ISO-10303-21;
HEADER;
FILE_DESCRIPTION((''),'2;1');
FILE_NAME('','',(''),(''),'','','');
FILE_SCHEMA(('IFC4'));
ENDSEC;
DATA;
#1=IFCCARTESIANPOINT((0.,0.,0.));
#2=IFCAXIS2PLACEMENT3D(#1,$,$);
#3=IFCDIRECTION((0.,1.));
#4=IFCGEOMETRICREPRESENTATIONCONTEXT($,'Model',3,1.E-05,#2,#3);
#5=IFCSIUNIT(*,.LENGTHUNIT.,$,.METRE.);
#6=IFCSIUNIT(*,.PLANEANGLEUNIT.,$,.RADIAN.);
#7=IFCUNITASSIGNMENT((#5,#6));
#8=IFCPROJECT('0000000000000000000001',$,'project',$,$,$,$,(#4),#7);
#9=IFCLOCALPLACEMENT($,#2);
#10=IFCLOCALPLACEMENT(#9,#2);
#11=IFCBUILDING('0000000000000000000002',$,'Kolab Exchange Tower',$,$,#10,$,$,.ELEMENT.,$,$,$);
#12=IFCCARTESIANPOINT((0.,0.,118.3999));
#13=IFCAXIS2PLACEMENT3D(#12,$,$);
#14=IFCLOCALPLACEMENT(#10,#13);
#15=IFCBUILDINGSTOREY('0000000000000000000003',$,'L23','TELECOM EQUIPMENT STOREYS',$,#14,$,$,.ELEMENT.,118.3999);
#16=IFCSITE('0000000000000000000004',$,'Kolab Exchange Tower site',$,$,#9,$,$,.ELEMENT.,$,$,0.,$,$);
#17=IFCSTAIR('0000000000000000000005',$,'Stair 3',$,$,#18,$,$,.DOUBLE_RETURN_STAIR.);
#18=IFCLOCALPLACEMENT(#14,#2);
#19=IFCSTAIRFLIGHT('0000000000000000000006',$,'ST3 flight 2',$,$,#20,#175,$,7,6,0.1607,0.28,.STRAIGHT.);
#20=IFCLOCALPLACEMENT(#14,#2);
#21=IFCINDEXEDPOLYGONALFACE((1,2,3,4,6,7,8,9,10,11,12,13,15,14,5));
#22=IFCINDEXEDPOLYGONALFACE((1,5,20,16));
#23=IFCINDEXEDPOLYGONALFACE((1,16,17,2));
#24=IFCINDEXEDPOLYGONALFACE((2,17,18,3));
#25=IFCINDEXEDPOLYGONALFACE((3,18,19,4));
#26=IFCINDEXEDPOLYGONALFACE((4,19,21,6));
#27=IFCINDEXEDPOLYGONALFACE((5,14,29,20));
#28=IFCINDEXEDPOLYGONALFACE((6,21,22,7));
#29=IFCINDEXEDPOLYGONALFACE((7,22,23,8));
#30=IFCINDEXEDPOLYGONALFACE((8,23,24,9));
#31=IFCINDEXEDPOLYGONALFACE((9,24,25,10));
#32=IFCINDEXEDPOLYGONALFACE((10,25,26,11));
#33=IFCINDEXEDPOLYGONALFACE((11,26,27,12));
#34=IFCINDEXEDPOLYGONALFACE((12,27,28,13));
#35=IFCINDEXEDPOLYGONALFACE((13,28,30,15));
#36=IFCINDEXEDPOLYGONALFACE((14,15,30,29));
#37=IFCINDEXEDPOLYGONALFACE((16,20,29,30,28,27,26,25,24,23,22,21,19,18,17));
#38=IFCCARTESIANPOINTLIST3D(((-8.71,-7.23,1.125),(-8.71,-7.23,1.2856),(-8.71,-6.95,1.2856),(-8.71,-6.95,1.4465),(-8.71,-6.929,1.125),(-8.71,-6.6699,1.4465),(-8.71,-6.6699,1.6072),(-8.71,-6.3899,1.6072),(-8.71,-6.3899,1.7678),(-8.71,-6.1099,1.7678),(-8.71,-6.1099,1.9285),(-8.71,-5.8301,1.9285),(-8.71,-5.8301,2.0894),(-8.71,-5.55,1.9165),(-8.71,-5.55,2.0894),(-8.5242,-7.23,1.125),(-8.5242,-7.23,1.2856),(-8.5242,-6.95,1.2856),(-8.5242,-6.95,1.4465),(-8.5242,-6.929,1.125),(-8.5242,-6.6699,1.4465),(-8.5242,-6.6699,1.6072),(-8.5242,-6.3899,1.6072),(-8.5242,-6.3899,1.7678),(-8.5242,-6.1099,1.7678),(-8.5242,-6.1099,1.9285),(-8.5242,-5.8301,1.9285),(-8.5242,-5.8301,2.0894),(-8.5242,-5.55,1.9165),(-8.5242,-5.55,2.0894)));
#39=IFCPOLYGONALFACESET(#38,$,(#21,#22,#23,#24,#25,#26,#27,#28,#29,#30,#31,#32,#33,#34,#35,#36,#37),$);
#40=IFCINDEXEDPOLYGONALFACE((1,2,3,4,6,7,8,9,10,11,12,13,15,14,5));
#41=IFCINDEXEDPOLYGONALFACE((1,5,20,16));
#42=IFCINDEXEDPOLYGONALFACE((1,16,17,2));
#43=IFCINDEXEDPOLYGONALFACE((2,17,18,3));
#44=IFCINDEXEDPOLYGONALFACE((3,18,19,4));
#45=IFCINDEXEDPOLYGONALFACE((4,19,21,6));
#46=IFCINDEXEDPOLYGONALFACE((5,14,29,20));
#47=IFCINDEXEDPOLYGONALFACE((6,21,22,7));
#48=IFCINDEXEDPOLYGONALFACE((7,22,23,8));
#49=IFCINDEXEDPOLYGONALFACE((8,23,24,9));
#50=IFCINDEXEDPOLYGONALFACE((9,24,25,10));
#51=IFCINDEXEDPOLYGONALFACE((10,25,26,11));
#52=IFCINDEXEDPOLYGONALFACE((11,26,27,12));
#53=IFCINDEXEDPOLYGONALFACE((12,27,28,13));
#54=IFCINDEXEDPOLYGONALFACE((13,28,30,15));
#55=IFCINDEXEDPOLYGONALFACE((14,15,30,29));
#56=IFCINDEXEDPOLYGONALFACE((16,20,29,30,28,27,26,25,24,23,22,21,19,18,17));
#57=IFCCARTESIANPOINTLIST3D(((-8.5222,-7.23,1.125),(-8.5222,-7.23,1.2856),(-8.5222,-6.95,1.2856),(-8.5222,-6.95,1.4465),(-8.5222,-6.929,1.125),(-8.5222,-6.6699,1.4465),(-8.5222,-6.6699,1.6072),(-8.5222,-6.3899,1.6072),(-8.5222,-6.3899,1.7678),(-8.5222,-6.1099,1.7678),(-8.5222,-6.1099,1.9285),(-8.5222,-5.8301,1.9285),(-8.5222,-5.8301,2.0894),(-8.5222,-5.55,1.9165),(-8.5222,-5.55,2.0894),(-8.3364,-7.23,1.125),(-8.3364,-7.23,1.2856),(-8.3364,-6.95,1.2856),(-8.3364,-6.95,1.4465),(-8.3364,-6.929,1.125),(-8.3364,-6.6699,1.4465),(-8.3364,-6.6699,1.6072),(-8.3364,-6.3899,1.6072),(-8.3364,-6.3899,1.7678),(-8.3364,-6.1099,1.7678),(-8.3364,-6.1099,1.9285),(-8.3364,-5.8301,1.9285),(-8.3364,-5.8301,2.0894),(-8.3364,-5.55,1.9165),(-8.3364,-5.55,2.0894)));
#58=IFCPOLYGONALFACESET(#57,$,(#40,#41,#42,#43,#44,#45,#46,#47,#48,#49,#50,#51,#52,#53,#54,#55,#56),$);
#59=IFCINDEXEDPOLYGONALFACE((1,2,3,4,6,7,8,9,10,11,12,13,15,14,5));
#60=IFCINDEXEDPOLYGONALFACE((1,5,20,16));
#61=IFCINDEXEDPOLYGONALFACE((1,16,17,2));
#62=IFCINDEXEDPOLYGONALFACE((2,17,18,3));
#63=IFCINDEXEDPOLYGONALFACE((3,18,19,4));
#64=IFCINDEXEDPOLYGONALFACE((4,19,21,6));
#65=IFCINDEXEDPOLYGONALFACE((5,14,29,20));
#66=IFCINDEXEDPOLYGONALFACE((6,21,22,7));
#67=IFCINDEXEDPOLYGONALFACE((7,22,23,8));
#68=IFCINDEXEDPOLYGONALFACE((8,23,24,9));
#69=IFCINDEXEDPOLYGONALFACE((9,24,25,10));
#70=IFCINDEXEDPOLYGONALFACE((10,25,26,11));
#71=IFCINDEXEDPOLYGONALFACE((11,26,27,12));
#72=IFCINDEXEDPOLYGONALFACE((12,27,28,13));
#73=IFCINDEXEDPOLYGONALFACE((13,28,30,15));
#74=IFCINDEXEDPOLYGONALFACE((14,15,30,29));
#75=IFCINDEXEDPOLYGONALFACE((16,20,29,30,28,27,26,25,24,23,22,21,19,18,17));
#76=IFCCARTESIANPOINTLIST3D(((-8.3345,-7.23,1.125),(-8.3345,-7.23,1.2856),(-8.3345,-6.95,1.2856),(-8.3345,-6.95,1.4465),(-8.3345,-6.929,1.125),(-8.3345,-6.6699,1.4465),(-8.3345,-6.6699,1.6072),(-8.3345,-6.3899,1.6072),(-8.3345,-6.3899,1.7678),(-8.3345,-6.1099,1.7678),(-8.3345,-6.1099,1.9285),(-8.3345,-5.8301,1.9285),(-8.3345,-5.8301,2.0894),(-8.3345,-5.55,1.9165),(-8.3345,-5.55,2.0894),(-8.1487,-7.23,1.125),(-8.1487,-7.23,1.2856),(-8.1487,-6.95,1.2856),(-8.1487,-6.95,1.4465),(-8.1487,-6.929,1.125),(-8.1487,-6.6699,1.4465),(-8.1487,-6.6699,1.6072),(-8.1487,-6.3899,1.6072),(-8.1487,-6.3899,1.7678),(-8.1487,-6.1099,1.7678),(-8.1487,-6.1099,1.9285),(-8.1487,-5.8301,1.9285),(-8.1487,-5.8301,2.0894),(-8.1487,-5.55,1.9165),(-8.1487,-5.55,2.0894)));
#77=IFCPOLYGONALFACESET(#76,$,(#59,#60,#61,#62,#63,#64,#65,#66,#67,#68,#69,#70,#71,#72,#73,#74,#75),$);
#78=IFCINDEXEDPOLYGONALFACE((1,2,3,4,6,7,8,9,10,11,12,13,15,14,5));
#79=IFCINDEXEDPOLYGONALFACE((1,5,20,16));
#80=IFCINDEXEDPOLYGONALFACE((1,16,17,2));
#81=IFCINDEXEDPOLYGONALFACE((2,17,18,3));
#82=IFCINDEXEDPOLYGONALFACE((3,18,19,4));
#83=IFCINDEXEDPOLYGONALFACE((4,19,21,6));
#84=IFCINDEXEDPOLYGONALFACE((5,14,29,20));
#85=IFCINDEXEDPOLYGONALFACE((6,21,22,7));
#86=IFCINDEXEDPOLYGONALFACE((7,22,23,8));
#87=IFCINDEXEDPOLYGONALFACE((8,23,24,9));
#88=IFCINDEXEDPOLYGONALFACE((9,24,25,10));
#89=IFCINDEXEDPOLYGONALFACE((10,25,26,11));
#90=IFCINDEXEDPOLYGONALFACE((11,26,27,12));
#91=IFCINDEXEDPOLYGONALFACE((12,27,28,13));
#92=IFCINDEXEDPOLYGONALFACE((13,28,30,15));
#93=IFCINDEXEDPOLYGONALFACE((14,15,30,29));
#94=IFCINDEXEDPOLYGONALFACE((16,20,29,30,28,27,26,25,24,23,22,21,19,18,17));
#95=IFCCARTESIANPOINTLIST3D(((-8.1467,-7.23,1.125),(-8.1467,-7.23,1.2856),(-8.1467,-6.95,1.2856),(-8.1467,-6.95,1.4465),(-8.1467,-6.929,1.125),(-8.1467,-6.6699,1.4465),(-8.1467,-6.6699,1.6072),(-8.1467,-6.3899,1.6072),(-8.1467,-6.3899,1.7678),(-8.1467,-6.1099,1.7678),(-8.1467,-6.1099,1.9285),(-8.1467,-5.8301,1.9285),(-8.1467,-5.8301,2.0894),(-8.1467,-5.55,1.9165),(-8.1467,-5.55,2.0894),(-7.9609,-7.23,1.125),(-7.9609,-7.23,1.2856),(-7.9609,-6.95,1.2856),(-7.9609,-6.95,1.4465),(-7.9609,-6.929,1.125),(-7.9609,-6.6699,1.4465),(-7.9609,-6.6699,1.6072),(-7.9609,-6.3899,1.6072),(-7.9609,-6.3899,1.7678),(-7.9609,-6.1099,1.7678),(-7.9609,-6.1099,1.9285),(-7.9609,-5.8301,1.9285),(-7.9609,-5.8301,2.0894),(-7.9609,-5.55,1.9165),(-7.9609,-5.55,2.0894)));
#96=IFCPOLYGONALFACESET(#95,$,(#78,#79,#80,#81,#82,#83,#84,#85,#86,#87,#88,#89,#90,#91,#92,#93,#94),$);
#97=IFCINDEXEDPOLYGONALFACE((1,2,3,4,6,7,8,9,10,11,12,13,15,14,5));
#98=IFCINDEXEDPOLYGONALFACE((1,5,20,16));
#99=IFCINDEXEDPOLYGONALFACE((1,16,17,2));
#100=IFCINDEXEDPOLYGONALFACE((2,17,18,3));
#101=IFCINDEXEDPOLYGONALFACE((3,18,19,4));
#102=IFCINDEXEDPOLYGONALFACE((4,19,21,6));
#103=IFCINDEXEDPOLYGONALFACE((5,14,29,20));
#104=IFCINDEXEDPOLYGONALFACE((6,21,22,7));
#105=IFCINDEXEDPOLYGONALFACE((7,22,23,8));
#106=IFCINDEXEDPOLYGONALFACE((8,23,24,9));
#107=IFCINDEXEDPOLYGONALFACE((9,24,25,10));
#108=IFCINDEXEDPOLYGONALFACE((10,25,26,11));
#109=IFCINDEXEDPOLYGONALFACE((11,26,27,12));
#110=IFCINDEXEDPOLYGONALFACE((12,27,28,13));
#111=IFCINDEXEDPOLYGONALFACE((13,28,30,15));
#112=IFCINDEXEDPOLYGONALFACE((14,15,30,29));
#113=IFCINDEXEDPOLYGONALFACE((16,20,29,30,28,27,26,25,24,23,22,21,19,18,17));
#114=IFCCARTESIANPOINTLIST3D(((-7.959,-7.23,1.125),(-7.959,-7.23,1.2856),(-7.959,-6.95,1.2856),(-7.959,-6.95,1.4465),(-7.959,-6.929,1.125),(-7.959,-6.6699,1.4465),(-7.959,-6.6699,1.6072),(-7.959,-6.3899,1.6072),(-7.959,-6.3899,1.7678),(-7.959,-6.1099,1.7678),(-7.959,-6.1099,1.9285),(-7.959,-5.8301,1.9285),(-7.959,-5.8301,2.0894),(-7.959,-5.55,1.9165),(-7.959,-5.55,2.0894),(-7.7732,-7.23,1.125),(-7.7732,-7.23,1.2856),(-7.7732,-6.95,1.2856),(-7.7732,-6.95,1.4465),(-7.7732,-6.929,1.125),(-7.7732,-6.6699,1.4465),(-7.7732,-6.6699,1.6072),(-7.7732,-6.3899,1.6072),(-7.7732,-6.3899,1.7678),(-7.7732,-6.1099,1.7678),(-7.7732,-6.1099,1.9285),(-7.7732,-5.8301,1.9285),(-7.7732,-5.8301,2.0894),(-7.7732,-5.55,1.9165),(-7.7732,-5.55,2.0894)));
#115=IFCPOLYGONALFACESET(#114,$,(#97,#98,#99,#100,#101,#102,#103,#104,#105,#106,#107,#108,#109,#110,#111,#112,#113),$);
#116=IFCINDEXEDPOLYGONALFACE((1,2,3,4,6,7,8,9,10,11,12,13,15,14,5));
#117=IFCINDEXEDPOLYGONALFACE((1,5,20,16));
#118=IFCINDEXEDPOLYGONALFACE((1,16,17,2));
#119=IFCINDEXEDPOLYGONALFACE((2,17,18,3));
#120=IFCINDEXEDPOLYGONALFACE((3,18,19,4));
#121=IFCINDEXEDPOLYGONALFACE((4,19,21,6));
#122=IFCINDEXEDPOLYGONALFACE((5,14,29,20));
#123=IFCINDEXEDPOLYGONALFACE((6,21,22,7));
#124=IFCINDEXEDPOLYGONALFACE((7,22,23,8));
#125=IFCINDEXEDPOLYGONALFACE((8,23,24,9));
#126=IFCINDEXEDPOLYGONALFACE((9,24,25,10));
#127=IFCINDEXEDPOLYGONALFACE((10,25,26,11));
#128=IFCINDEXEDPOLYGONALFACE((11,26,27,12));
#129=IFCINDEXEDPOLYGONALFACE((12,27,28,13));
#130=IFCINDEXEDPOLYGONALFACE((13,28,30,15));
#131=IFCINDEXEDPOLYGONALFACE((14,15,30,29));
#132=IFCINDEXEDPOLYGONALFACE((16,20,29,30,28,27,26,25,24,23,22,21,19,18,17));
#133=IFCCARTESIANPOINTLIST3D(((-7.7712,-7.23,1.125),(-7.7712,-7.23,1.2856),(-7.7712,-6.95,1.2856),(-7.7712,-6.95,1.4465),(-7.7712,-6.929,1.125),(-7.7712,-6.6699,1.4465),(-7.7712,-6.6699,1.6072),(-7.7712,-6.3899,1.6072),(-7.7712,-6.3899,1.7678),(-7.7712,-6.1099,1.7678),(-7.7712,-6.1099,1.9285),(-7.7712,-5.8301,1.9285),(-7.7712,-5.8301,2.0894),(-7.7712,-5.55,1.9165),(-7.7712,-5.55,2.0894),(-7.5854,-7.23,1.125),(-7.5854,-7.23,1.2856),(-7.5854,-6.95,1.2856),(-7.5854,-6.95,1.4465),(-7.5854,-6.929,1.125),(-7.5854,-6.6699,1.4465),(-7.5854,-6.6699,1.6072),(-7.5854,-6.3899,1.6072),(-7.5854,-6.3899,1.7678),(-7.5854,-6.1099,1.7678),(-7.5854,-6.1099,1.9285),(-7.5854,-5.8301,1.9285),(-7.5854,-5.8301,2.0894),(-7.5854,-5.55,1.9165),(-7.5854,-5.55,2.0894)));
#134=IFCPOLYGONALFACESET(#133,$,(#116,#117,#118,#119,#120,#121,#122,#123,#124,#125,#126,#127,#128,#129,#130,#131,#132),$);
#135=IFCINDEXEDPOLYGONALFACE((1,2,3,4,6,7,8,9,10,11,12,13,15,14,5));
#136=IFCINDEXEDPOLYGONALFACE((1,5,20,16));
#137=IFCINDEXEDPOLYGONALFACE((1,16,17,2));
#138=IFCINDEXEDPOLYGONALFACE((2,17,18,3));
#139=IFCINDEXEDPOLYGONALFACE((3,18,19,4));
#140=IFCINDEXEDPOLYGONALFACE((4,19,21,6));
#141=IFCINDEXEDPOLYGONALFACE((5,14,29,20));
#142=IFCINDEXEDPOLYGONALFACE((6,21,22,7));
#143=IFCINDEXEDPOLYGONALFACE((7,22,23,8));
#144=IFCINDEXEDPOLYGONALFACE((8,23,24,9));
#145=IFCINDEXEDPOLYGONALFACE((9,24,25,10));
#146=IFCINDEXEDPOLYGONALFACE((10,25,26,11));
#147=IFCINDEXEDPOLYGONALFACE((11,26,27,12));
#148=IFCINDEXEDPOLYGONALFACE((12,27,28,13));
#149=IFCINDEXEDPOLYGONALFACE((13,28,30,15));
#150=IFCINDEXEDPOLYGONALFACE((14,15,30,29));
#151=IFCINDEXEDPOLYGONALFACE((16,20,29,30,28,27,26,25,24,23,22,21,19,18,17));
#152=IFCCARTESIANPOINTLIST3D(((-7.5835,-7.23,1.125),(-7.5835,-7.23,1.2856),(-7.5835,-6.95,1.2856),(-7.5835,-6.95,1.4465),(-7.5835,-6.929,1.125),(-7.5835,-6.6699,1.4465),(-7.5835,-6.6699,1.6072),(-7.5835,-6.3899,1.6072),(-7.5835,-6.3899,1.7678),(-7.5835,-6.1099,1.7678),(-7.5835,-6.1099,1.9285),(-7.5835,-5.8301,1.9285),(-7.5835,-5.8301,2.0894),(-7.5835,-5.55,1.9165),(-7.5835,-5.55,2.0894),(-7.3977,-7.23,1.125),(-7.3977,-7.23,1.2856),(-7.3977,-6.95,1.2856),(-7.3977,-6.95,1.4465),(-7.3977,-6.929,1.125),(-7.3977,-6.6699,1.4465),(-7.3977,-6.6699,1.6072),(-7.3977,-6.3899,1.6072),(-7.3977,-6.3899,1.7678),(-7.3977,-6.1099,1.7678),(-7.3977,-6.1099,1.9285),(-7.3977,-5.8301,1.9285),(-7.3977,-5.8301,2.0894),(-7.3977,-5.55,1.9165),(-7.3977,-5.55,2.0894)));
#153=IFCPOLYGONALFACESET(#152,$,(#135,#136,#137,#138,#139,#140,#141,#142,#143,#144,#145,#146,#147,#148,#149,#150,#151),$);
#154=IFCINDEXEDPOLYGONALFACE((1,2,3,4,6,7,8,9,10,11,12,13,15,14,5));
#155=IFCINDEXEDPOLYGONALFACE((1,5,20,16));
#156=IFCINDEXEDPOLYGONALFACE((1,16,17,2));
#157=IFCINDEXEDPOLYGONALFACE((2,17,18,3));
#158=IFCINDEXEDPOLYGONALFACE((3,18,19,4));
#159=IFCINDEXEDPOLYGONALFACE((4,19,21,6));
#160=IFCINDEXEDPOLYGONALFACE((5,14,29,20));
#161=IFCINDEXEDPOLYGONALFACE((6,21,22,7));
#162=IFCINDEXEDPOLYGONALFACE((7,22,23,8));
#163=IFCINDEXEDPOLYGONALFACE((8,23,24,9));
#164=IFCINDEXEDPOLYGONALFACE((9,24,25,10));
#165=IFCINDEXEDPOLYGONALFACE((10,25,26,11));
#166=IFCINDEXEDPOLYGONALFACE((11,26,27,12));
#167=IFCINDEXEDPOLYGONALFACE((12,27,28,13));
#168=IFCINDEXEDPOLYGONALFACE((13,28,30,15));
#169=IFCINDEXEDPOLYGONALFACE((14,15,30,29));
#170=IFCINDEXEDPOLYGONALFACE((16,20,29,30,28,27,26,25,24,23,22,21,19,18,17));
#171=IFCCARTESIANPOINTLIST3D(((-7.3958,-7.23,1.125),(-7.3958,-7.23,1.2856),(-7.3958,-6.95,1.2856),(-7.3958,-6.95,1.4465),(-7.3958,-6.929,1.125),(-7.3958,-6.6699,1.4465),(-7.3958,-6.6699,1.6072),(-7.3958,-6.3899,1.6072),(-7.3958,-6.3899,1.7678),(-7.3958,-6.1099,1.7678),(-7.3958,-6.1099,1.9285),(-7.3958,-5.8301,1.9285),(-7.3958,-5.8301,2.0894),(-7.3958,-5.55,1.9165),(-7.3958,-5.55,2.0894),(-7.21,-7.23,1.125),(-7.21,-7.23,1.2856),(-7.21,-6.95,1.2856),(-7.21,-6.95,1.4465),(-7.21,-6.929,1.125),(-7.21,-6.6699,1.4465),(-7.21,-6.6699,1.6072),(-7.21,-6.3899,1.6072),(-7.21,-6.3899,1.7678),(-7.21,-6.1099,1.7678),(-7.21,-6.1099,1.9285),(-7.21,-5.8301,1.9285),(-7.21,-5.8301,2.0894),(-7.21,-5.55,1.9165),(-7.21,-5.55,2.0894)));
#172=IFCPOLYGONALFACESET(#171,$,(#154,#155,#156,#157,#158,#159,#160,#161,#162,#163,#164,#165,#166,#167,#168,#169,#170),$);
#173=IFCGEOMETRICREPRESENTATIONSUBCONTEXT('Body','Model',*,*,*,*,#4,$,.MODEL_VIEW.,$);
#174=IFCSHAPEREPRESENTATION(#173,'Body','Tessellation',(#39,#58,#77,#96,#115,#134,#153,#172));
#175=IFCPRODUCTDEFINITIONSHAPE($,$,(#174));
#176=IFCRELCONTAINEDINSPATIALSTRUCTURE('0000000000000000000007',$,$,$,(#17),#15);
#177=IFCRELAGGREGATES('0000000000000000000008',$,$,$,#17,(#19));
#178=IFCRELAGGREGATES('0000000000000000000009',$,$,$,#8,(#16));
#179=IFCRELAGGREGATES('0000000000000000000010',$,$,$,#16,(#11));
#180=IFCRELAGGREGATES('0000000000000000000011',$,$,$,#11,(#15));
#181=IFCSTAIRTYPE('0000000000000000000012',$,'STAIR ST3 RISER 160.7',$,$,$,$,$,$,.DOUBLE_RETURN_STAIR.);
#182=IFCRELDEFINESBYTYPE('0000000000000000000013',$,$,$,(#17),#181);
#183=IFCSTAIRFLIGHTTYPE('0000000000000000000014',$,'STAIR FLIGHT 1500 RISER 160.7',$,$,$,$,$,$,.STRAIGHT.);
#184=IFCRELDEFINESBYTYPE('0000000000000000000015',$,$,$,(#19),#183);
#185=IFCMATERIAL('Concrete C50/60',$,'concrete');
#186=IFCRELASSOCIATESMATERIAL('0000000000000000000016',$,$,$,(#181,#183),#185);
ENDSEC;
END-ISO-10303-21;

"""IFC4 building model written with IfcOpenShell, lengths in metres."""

from ifc_helpers import new_model, si_unit, direction, frame, origin, place, context, subcontext, project, spatial, polyline, outline, extrude, material, type_object, element, aggregate, save


model = new_model("IFC4")

# Units and contexts
model_context = context("Model", 3, precision=1e-05, world=origin(), true_north=direction((0.0, 1.0)))
body_context = subcontext(model_context, "Body", "Model", "MODEL_VIEW")
ifc_project = project(units=[si_unit("LENGTHUNIT", "METRE"), si_unit("PLANEANGLEUNIT", "RADIAN")], contexts=[model_context])

# Site, building, storey
site_placement = place(None, origin())
site = spatial("IfcSite", under=ifc_project, at=site_placement, Name="Kolab Exchange Tower site", CompositionType="ELEMENT", RefElevation=0.0)
building_placement = place(site_placement, origin())
building = spatial("IfcBuilding", under=site, at=building_placement, Name="Kolab Exchange Tower", CompositionType="ELEMENT")
storey_placement = place(building_placement, frame((0.0, 0.0, 118.3999)))
storey = spatial("IfcBuildingStorey", under=building, at=storey_placement, Name="L23", Description="TELECOM EQUIPMENT STOREYS", CompositionType="ELEMENT", Elevation=118.3999)

# Shared definitions
ifc_material_1 = material(Name="Concrete C50/60", Category="concrete")

# Stair, stair flight
stair_type = type_object("IfcStairType", Name="STAIR ST3 RISER 160.7", PredefinedType="DOUBLE_RETURN_STAIR", material=ifc_material_1)
stair_placement = place(storey_placement, origin())
stair = element("IfcStair", 1, at=stair_placement, inside=storey, type_object=stair_type, Name="Stair 3", PredefinedType="DOUBLE_RETURN_STAIR")
stair_flight_type = type_object("IfcStairFlightType", Name="STAIR FLIGHT 1500 RISER 160.7", PredefinedType="STRAIGHT", material=ifc_material_1)
stair_flight_1_placement = place(storey_placement, frame((-7.96, -7.23, 1.125), z_axis=(0.0, 0.0, 1.0), x_axis=(0.0, 1.0, 0.0)))
stair_flight_1 = element("IfcStairFlight", 2, at=stair_flight_1_placement, type_object=stair_flight_type, Name="ST3 flight 2", NumberOfRisers=7, NumberOfTreads=6, PredefinedType="STRAIGHT", RiserHeight=0.1607, TreadLength=0.28, context=body_context, shape_type="SweptSolid", body=[
    extrude(outline(polyline([(0.0, 0.0), (0.0, 0.1606), (0.28, 0.1606), (0.28, 0.3215), (0.5601, 0.3215), (0.5601, 0.4822), (0.8401, 0.4822), (0.8401, 0.6428), (1.1201, 0.6428), (1.1201, 0.8035), (1.3999, 0.8035), (1.3999, 0.9644), (1.6799, 0.9644), (1.6799, 1.125), (1.6799, 0.7915), (0.301, 0.0), (0.0, 0.0)])), frame((0.0, 0.75, 0.0), z_axis=(0.0, -1.0, 0.0), x_axis=(1.0, 0.0, 0.0)), (0.0, 0.0, 1.0), 0.1858),
    extrude(outline(polyline([(0.0, 0.0), (0.0, 0.1606), (0.28, 0.1606), (0.28, 0.3215), (0.5601, 0.3215), (0.5601, 0.4822), (0.8401, 0.4822), (0.8401, 0.6428), (1.1201, 0.6428), (1.1201, 0.8035), (1.3999, 0.8035), (1.3999, 0.9644), (1.6799, 0.9644), (1.6799, 1.125), (1.6799, 0.7915), (0.301, 0.0), (0.0, 0.0)])), frame((0.0, 0.5623, 0.0), z_axis=(0.0, -1.0, 0.0), x_axis=(1.0, 0.0, 0.0)), (0.0, 0.0, 1.0), 0.1858),
    extrude(outline(polyline([(0.0, 0.0), (0.0, 0.1606), (0.28, 0.1606), (0.28, 0.3215), (0.5601, 0.3215), (0.5601, 0.4822), (0.8401, 0.4822), (0.8401, 0.6428), (1.1201, 0.6428), (1.1201, 0.8035), (1.3999, 0.8035), (1.3999, 0.9644), (1.6799, 0.9644), (1.6799, 1.125), (1.6799, 0.7915), (0.301, 0.0), (0.0, 0.0)])), frame((0.0, 0.3745, 0.0), z_axis=(0.0, -1.0, 0.0), x_axis=(1.0, 0.0, 0.0)), (0.0, 0.0, 1.0), 0.1858),
    extrude(outline(polyline([(0.0, 0.0), (0.0, 0.1606), (0.28, 0.1606), (0.28, 0.3215), (0.5601, 0.3215), (0.5601, 0.4822), (0.8401, 0.4822), (0.8401, 0.6428), (1.1201, 0.6428), (1.1201, 0.8035), (1.3999, 0.8035), (1.3999, 0.9644), (1.6799, 0.9644), (1.6799, 1.125), (1.6799, 0.7915), (0.301, 0.0), (0.0, 0.0)])), frame((0.0, 0.1868, 0.0), z_axis=(0.0, -1.0, 0.0), x_axis=(1.0, 0.0, 0.0)), (0.0, 0.0, 1.0), 0.1858),
    extrude(outline(polyline([(0.0, 0.0), (0.0, 0.1606), (0.28, 0.1606), (0.28, 0.3215), (0.5601, 0.3215), (0.5601, 0.4822), (0.8401, 0.4822), (0.8401, 0.6428), (1.1201, 0.6428), (1.1201, 0.8035), (1.3999, 0.8035), (1.3999, 0.9644), (1.6799, 0.9644), (1.6799, 1.125), (1.6799, 0.7915), (0.301, 0.0), (0.0, 0.0)])), frame((0.0, -0.001, 0.0), z_axis=(0.0, -1.0, 0.0), x_axis=(1.0, 0.0, 0.0)), (0.0, 0.0, 1.0), 0.1858),
    extrude(outline(polyline([(0.0, 0.0), (0.0, 0.1606), (0.28, 0.1606), (0.28, 0.3215), (0.5601, 0.3215), (0.5601, 0.4822), (0.8401, 0.4822), (0.8401, 0.6428), (1.1201, 0.6428), (1.1201, 0.8035), (1.3999, 0.8035), (1.3999, 0.9644), (1.6799, 0.9644), (1.6799, 1.125), (1.6799, 0.7915), (0.301, 0.0), (0.0, 0.0)])), frame((0.0, -0.1887, 0.0), z_axis=(0.0, -1.0, 0.0), x_axis=(1.0, 0.0, 0.0)), (0.0, 0.0, 1.0), 0.1858),
    extrude(outline(polyline([(0.0, 0.0), (0.0, 0.1606), (0.28, 0.1606), (0.28, 0.3215), (0.5601, 0.3215), (0.5601, 0.4822), (0.8401, 0.4822), (0.8401, 0.6428), (1.1201, 0.6428), (1.1201, 0.8035), (1.3999, 0.8035), (1.3999, 0.9644), (1.6799, 0.9644), (1.6799, 1.125), (1.6799, 0.7915), (0.301, 0.0), (0.0, 0.0)])), frame((0.0, -0.3765, 0.0), z_axis=(0.0, -1.0, 0.0), x_axis=(1.0, 0.0, 0.0)), (0.0, 0.0, 1.0), 0.1858),
    extrude(outline(polyline([(0.0, 0.0), (0.0, 0.1606), (0.28, 0.1606), (0.28, 0.3215), (0.5601, 0.3215), (0.5601, 0.4822), (0.8401, 0.4822), (0.8401, 0.6428), (1.1201, 0.6428), (1.1201, 0.8035), (1.3999, 0.8035), (1.3999, 0.9644), (1.6799, 0.9644), (1.6799, 1.125), (1.6799, 0.7915), (0.301, 0.0), (0.0, 0.0)])), frame((0.0, -0.5642, 0.0), z_axis=(0.0, -1.0, 0.0), x_axis=(1.0, 0.0, 0.0)), (0.0, 0.0, 1.0), 0.1858),
])
aggregate(stair, [stair_flight_1])

save(model, "model.ifc")
